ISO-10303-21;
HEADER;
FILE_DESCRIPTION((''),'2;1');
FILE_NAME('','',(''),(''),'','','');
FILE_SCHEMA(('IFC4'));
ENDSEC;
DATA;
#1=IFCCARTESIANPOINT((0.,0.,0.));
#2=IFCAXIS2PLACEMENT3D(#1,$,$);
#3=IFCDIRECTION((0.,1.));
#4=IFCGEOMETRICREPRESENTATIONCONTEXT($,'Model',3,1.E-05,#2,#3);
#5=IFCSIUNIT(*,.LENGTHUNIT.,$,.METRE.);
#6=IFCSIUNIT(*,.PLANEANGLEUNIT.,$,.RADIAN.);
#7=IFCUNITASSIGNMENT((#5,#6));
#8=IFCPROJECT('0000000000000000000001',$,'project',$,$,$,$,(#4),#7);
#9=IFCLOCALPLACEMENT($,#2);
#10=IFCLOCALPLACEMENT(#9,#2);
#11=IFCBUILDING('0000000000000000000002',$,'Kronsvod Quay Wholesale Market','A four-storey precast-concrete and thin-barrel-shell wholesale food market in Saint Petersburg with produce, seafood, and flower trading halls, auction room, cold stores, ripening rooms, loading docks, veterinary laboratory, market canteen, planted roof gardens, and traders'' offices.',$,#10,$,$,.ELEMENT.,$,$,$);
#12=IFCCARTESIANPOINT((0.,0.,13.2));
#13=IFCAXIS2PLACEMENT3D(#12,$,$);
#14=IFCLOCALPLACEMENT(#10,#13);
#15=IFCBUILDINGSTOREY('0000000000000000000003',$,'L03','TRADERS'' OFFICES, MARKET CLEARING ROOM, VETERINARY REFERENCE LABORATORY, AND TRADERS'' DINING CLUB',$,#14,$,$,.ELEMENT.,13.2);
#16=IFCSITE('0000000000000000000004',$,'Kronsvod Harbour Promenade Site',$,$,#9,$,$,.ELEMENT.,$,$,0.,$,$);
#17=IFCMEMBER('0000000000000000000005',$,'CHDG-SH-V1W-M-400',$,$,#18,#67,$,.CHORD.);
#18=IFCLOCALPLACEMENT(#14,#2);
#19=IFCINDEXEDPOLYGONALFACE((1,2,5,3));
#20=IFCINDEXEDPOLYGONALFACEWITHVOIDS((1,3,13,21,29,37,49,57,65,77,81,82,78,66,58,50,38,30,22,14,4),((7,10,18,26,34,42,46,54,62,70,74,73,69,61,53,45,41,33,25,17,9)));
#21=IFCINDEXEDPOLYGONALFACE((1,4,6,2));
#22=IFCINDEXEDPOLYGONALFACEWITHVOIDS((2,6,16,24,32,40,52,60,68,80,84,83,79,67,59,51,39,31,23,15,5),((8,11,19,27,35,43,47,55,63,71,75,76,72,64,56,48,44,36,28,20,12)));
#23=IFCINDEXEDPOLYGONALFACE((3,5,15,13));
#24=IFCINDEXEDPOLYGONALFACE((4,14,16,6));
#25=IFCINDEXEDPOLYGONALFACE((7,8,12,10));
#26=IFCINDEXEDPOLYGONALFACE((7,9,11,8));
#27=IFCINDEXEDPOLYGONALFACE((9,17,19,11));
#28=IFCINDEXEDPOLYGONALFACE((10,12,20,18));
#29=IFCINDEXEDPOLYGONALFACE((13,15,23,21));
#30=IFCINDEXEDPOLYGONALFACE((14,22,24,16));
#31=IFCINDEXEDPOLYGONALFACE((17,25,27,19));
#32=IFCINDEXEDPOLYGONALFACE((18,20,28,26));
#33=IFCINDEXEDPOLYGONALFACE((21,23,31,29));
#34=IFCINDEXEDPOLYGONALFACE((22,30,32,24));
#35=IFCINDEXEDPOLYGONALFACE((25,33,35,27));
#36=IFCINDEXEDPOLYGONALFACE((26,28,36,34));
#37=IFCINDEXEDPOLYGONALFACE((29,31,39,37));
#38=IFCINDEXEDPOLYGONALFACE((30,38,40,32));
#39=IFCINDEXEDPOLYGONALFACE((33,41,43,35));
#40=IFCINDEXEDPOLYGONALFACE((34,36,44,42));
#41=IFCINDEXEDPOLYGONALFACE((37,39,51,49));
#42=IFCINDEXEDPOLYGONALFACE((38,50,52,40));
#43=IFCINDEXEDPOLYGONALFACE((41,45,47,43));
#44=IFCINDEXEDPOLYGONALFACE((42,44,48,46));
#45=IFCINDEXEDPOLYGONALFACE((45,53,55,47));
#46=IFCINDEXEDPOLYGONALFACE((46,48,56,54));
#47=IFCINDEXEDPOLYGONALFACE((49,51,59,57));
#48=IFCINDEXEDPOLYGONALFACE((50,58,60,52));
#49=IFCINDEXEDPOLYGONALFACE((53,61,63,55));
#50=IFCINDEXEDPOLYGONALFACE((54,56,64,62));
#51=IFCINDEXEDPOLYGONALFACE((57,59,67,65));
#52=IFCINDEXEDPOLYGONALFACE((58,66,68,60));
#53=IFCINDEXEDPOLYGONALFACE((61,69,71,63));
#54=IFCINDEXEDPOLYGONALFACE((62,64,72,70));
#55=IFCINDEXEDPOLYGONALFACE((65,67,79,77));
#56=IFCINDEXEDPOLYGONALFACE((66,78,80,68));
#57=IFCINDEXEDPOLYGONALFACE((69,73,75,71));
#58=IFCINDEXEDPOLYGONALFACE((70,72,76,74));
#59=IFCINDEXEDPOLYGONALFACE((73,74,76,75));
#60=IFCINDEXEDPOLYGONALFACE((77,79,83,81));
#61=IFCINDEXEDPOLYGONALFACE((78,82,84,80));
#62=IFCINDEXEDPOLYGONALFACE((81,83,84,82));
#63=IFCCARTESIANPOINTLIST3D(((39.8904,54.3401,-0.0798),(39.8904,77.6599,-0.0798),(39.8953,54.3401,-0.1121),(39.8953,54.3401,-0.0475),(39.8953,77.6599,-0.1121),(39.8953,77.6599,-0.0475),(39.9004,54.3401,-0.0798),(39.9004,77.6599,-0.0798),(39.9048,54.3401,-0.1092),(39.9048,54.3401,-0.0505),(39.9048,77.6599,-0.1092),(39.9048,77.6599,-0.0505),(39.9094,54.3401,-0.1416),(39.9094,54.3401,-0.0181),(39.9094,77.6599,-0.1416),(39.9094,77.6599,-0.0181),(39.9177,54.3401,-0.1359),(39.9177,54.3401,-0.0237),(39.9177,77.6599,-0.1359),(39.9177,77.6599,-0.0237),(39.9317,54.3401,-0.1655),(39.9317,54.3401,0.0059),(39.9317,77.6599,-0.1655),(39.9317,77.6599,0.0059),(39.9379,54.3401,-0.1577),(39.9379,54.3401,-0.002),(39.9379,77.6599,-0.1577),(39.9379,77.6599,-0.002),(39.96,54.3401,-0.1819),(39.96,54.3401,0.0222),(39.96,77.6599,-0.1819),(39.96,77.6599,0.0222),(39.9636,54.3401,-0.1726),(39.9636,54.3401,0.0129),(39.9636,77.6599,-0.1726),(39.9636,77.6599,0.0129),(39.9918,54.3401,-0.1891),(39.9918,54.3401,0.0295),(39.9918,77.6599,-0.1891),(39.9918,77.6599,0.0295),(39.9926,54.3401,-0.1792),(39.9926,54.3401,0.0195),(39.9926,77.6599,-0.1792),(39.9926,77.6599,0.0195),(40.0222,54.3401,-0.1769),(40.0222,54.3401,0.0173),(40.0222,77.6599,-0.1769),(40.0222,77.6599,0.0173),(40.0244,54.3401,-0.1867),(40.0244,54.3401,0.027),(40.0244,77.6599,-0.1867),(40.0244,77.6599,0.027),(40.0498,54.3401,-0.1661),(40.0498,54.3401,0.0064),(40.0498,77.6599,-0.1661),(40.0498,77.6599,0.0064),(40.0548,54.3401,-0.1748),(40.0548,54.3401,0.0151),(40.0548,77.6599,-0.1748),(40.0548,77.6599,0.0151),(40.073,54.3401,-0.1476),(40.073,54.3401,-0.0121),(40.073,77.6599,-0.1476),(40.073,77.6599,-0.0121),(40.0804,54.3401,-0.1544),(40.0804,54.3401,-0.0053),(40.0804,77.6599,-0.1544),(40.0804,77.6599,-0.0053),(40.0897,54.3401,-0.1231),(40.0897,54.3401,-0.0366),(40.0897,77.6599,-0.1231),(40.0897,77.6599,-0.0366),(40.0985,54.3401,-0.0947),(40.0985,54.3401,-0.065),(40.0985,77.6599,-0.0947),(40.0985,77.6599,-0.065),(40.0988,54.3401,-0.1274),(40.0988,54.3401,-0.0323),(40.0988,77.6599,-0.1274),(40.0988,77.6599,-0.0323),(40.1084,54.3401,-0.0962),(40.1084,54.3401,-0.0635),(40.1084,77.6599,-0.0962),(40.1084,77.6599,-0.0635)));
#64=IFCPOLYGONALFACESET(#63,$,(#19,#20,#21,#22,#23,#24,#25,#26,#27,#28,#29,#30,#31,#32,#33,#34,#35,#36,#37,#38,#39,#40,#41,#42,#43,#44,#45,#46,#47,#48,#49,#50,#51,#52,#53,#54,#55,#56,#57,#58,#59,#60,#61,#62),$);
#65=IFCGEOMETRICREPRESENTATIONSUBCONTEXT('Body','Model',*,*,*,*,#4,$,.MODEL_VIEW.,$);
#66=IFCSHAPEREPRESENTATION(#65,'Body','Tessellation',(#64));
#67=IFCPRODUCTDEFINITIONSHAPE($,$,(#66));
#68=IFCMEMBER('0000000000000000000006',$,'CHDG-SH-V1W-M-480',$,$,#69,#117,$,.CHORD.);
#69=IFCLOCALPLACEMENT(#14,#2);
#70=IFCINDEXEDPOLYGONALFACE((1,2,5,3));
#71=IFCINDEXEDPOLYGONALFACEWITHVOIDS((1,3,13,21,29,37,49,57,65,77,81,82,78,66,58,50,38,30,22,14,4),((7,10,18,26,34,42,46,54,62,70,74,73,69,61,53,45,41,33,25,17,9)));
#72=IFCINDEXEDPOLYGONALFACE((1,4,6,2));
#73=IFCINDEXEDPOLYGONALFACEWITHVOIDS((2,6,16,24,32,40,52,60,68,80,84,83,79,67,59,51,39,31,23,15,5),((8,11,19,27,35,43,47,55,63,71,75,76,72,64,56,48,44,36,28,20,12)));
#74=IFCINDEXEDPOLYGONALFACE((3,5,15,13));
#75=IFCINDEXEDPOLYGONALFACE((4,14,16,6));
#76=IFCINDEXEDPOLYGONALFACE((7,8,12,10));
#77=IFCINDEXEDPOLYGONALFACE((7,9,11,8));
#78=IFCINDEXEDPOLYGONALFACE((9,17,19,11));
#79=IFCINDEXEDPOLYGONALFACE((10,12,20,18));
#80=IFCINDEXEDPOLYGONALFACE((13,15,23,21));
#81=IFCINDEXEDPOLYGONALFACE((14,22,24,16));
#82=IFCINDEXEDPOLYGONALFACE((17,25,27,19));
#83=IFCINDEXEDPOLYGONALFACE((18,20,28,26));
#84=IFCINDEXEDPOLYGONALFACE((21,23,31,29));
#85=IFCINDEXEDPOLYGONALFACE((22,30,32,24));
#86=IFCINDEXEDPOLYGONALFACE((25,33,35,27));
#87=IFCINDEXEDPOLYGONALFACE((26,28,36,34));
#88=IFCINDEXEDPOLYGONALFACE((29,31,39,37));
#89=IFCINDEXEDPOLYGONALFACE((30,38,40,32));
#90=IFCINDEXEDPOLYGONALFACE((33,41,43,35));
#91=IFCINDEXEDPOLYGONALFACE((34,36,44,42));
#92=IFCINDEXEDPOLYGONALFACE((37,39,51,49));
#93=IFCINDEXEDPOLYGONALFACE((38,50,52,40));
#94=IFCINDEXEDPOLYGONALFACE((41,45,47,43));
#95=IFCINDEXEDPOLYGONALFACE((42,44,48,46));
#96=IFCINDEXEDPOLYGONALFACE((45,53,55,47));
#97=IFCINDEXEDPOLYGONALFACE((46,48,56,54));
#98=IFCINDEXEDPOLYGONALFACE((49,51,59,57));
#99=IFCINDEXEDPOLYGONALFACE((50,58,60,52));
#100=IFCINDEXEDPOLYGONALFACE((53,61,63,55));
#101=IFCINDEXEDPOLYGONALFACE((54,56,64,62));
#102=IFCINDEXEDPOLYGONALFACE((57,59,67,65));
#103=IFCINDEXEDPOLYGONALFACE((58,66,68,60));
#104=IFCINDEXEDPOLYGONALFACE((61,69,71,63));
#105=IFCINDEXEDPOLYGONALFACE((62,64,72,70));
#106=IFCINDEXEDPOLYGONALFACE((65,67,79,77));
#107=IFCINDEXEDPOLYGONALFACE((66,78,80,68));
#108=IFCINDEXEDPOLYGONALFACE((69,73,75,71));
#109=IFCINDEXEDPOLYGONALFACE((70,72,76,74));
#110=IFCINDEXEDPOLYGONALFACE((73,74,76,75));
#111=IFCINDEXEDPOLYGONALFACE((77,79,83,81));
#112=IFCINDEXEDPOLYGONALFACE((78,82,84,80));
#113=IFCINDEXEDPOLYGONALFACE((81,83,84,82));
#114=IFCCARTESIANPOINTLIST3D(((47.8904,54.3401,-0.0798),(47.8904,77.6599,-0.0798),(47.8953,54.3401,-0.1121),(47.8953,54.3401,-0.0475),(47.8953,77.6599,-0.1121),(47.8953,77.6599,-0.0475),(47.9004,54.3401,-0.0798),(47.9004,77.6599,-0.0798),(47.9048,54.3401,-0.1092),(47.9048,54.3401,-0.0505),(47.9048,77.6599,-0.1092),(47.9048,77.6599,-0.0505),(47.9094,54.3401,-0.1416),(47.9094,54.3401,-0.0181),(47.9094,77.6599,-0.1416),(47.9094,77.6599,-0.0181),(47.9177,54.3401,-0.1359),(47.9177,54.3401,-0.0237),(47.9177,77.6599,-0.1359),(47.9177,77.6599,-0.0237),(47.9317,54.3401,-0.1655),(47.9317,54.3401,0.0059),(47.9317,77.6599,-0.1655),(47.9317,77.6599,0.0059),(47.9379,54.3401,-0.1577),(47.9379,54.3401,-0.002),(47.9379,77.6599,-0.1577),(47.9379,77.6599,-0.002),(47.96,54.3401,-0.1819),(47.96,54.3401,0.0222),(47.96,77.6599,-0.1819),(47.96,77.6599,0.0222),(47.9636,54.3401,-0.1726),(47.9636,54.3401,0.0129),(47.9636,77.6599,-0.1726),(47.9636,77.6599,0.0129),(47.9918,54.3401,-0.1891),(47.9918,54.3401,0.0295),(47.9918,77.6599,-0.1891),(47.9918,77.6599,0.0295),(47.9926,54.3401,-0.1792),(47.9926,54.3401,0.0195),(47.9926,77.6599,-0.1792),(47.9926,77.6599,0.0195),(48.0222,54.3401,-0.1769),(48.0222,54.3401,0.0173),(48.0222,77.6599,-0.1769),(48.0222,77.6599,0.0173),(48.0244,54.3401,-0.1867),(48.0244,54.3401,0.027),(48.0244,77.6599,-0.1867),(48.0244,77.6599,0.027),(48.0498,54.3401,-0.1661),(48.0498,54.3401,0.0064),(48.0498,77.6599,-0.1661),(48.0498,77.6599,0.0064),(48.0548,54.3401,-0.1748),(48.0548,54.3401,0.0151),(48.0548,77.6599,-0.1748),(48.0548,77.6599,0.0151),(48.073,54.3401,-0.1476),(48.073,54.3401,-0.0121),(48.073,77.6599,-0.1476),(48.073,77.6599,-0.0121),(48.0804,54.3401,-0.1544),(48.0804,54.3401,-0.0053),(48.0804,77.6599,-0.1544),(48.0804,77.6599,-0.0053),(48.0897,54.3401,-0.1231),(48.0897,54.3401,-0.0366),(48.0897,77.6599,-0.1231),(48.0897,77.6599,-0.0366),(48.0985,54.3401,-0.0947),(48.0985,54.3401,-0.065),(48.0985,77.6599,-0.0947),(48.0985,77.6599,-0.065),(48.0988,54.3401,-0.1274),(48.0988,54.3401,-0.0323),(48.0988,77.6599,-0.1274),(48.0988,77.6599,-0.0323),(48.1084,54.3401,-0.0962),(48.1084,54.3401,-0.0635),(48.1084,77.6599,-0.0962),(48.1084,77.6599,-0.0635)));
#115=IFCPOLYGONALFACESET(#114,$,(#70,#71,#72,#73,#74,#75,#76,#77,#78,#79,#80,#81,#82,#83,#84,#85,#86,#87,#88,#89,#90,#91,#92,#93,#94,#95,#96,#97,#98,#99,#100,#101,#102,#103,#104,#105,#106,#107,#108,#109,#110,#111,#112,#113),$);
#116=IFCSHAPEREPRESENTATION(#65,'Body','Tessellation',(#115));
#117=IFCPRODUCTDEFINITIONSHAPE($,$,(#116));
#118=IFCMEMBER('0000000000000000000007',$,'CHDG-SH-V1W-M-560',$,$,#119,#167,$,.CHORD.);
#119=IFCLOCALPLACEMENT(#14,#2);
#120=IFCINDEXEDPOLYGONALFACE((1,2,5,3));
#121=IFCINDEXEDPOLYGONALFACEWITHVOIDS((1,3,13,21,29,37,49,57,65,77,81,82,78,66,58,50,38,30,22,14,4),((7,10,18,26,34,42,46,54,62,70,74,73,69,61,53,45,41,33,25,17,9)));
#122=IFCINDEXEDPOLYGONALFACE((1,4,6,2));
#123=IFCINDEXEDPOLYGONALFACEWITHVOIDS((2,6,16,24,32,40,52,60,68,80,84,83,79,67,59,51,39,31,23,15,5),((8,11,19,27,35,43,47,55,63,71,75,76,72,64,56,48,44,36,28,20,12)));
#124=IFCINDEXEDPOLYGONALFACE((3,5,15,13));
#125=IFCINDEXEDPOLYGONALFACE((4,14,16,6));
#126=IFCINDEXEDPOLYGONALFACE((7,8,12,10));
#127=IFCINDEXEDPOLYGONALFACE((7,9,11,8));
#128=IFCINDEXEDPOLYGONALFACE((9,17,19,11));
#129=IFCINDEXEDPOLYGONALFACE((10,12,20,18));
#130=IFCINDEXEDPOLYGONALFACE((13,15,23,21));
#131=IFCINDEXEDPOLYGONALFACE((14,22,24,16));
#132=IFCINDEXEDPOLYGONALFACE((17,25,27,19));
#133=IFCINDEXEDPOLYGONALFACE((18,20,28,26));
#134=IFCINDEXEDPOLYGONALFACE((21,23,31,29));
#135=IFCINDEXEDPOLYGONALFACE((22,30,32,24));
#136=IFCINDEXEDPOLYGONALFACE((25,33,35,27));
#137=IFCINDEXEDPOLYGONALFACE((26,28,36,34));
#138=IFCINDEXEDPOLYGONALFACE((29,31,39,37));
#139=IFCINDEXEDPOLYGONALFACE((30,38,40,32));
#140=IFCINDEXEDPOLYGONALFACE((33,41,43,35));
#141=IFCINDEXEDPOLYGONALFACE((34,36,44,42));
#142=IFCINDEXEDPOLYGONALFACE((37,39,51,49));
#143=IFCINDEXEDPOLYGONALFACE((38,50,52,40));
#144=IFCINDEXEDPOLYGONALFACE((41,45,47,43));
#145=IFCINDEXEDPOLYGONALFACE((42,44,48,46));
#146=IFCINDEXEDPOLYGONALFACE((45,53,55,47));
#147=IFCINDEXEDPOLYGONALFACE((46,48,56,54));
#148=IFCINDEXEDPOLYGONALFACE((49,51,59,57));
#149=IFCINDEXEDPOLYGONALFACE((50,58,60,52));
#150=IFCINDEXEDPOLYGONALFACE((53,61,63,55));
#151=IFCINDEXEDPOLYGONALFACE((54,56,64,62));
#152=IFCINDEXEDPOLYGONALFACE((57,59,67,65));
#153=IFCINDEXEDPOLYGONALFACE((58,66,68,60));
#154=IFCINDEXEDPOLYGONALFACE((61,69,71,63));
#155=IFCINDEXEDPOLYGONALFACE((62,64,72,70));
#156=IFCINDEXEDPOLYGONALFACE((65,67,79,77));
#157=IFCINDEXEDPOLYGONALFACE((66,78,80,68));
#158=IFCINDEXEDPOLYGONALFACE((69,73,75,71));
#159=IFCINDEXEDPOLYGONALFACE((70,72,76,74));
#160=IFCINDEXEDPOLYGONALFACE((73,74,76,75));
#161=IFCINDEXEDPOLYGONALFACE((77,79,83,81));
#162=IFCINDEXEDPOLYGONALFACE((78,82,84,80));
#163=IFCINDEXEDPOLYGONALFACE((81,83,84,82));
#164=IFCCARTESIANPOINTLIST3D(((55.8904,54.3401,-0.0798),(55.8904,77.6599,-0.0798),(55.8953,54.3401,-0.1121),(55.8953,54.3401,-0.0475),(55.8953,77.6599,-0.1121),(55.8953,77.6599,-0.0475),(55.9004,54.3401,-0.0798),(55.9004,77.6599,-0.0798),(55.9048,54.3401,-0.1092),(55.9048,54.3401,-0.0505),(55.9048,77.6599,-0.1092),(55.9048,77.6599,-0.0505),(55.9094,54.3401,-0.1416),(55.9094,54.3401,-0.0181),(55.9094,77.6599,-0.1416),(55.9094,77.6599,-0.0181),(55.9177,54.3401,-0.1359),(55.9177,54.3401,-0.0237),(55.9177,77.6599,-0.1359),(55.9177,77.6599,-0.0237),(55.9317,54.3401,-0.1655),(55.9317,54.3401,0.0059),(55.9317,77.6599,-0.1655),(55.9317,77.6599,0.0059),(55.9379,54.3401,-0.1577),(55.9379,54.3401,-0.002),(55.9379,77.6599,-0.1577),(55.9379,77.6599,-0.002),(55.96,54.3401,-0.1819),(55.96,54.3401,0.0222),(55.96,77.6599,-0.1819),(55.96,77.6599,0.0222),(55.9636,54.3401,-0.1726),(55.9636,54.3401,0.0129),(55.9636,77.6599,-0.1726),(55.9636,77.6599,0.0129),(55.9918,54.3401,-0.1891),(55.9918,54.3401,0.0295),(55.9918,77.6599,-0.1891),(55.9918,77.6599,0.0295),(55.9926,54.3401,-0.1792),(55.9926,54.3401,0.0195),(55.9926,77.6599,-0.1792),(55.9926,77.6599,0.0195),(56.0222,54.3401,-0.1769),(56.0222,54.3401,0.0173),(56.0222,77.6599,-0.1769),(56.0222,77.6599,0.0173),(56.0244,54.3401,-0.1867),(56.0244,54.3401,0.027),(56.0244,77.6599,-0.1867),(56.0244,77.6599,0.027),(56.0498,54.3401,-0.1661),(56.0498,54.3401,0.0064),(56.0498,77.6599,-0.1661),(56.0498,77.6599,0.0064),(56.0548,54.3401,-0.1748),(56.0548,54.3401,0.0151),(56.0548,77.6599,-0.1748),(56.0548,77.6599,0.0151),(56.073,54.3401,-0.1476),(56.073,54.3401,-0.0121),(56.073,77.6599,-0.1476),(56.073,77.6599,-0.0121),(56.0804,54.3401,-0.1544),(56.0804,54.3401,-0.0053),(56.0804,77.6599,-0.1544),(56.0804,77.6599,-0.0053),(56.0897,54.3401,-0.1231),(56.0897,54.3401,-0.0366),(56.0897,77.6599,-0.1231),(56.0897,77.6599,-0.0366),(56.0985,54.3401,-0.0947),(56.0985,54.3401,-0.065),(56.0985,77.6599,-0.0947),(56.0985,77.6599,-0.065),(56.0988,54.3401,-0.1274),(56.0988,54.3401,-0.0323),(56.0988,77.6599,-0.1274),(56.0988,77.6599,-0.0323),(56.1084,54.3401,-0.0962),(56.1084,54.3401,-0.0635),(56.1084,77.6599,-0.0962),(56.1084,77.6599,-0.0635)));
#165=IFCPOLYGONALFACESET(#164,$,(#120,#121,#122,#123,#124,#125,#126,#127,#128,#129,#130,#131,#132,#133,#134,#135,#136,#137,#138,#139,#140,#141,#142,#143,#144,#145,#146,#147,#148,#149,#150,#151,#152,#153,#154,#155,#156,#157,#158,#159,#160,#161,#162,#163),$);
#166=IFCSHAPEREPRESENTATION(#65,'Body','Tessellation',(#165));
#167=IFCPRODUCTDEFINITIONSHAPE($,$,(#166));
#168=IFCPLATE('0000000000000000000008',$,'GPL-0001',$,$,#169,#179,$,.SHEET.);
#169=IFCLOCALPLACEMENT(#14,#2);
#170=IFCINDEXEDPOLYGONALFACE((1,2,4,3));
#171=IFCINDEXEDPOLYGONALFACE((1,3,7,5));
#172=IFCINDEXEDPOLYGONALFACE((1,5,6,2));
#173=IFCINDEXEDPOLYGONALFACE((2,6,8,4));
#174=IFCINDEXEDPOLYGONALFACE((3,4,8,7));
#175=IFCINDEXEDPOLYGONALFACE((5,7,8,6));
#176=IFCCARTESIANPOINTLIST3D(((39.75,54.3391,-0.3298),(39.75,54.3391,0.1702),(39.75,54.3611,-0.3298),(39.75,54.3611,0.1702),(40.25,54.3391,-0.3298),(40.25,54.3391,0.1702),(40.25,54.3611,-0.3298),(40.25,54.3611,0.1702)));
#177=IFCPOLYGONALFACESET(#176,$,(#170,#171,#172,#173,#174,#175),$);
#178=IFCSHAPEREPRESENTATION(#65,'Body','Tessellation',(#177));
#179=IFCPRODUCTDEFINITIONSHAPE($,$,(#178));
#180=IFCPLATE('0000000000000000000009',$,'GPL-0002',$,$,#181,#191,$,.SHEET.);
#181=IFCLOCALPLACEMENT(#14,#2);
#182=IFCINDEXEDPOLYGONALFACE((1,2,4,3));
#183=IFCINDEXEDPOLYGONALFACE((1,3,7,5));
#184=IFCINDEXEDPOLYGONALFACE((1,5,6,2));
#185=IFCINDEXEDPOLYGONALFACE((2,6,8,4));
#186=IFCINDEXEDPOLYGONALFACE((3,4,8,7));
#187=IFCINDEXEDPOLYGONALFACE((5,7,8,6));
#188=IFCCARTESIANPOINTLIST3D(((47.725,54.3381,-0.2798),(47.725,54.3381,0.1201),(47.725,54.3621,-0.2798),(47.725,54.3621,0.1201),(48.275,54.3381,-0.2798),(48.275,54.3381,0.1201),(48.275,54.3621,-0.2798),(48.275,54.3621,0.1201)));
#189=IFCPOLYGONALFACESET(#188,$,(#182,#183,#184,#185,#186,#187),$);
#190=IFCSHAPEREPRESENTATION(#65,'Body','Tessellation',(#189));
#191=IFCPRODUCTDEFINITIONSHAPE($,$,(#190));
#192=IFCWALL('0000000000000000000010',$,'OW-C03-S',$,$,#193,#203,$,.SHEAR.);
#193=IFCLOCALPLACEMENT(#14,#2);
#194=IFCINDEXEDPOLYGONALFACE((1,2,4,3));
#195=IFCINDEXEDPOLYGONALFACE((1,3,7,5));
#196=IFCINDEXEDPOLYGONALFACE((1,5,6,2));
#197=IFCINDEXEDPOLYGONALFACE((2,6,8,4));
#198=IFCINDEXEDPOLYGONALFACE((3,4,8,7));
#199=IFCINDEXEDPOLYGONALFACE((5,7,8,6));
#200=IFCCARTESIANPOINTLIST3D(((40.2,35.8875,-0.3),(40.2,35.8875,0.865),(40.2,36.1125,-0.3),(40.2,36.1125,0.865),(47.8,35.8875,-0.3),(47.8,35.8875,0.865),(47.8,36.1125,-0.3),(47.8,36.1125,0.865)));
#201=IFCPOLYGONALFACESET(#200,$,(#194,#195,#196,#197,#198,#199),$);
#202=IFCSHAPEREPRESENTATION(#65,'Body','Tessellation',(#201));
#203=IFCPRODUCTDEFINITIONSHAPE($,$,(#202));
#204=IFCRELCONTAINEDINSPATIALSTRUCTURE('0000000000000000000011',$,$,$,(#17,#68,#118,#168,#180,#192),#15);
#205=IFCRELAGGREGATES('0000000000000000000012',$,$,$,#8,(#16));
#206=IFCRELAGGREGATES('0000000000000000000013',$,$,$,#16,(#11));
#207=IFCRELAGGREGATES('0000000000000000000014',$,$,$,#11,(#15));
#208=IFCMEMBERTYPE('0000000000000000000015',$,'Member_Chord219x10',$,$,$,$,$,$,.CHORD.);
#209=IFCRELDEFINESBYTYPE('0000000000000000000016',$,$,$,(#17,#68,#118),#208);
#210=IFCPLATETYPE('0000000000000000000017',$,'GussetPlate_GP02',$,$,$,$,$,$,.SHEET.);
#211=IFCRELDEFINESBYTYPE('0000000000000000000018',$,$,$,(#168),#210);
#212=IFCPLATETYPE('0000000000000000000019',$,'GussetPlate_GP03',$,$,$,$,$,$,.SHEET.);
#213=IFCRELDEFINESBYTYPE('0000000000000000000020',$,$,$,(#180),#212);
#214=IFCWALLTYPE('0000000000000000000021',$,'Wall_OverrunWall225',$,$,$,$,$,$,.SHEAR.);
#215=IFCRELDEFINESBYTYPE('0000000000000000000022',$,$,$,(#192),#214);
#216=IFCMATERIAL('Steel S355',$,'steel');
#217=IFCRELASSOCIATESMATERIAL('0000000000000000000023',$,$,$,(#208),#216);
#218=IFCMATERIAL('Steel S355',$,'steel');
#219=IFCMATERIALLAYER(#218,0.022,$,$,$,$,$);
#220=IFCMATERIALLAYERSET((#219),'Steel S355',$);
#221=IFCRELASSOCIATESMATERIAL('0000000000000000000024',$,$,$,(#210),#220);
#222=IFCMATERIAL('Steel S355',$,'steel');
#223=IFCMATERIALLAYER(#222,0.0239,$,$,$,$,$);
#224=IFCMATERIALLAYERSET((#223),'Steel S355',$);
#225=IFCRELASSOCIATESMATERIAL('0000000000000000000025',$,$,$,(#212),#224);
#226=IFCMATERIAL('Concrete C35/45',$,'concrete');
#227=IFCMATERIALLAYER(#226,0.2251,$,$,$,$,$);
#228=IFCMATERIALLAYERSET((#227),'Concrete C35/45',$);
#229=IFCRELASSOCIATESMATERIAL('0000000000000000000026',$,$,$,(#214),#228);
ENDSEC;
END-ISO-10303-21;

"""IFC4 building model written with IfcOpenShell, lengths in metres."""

from ifc_helpers import new_model, si_unit, direction, frame, frame_2d, origin, origin_2d, place, context, subcontext, project, spatial, rectangle, hollow_circle, extrude, material, layer, layer_set, material_profile, profile_set, type_object, element, save


model = new_model("IFC4")

# Units and contexts
model_context = context("Model", 3, precision=1e-05, world=origin(), true_north=direction((0.0, 1.0)))
body_context = subcontext(model_context, "Body", "Model", "MODEL_VIEW")
ifc_project = project(units=[si_unit("LENGTHUNIT", "METRE"), si_unit("PLANEANGLEUNIT", "RADIAN")], contexts=[model_context])

# Site, building, storey
site_placement = place(None, origin())
site = spatial("IfcSite", under=ifc_project, at=site_placement, Name="Kronsvod Harbour Promenade Site", CompositionType="ELEMENT", RefElevation=0.0)
building_placement = place(site_placement, origin())
building = spatial("IfcBuilding", under=site, at=building_placement, Name="Kronsvod Quay Wholesale Market", Description="A four-storey precast-concrete and thin-barrel-shell wholesale food market in Saint Petersburg with produce, seafood, and flower trading halls, auction room, cold stores, ripening rooms, loading docks, veterinary laboratory, market canteen, planted roof gardens, and traders' offices.", CompositionType="ELEMENT")
storey_placement = place(building_placement, frame((0.0, 0.0, 13.2)))
storey = spatial("IfcBuildingStorey", under=building, at=storey_placement, Name="L03", Description="TRADERS' OFFICES, MARKET CLEARING ROOM, VETERINARY REFERENCE LABORATORY, AND TRADERS' DINING CLUB", CompositionType="ELEMENT", Elevation=13.2)

# Members
ifc_material_1 = material(Name="Steel S355", Category="steel")
ifc_material_profile_1 = material_profile(ifc_material_1, hollow_circle(Radius=0.1096, WallThickness=0.01, at=origin_2d()), Name="CHS219x10")
ifc_profile_set_1 = profile_set([ifc_material_profile_1], Name="Steel S355")
member_type_1 = type_object("IfcMemberType", Name="Member_Chord219x10", PredefinedType="CHORD", material=ifc_profile_set_1)
for number, where, z_axis, x_axis, name in (
    (1, (40.0, 54.3401, -0.0798), (0.0, 1.0, 0.0), (-1.0, 0.0, 0.0), "CHDG-SH-V1W-M-400"),
    (2, (48.0, 54.3401, -0.0798), (0.0, 1.0, 0.0), (-1.0, 0.0, 0.0), "CHDG-SH-V1W-M-480"),
    (3, (56.0, 54.3401, -0.0798), (0.0, 1.0, 0.0), (-1.0, 0.0, 0.0), "CHDG-SH-V1W-M-560"),
):
    element("IfcMember", number, at=place(storey_placement, frame(where, z_axis=z_axis, x_axis=x_axis)), inside=storey, type_object=member_type_1, Name=name, PredefinedType="CHORD", context=body_context, shape_type="SweptSolid", body=[
        extrude(hollow_circle(Radius=0.1096, WallThickness=0.01, at=origin_2d()), origin(), (0.0, 0.0, 1.0), 23.3198),
    ])

# Plates
ifc_material_2 = material(Name="Steel S355", Category="steel")
ifc_layer_1 = layer(ifc_material_2, 0.022)
ifc_layer_set_1 = layer_set([ifc_layer_1], Name="Steel S355")
plate_type_1 = type_object("IfcPlateType", Name="GussetPlate_GP02", PredefinedType="SHEET", material=ifc_layer_set_1)
plate_1_placement = place(storey_placement, frame((40.0, 54.3501, -0.3298), z_axis=(0.0, 0.0, 1.0), x_axis=(1.0, 0.0, 0.0)))
element("IfcPlate", 4, at=plate_1_placement, inside=storey, type_object=plate_type_1, Name="GPL-0001", PredefinedType="SHEET", context=body_context, shape_type="SweptSolid", body=[
    extrude(rectangle(XDim=0.5, YDim=0.022, at=origin_2d()), origin(), (0.0, 0.0, 1.0), 0.5),
])
ifc_material_3 = material(Name="Steel S355", Category="steel")
ifc_layer_2 = layer(ifc_material_3, 0.0239)
ifc_layer_set_2 = layer_set([ifc_layer_2], Name="Steel S355")
plate_type_2 = type_object("IfcPlateType", Name="GussetPlate_GP03", PredefinedType="SHEET", material=ifc_layer_set_2)
plate_2_placement = place(storey_placement, frame((48.0, 54.3501, -0.2798), z_axis=(0.0, 0.0, 1.0), x_axis=(1.0, 0.0, 0.0)))
element("IfcPlate", 5, at=plate_2_placement, inside=storey, type_object=plate_type_2, Name="GPL-0002", PredefinedType="SHEET", context=body_context, shape_type="SweptSolid", body=[
    extrude(rectangle(XDim=0.55, YDim=0.0239, at=origin_2d()), origin(), (0.0, 0.0, 1.0), 0.3999),
])

# Wall
ifc_material_4 = material(Name="Concrete C35/45", Category="concrete")
ifc_layer_3 = layer(ifc_material_4, 0.2251)
ifc_layer_set_3 = layer_set([ifc_layer_3], Name="Concrete C35/45")
wall_type = type_object("IfcWallType", Name="Wall_OverrunWall225", PredefinedType="SHEAR", material=ifc_layer_set_3)
for number, where, z_axis, x_axis, name in (
    (6, (40.2, 36.0, -0.3), (0.0, 0.0, 1.0), (1.0, 0.0, 0.0), "OW-C03-S"),
):
    element("IfcWall", number, at=place(storey_placement, frame(where, z_axis=z_axis, x_axis=x_axis)), inside=storey, type_object=wall_type, Name=name, PredefinedType="SHEAR", context=body_context, shape_type="SweptSolid", body=[
        extrude(rectangle(XDim=7.6001, YDim=0.2251, at=frame_2d((3.8, 0.0))), origin(), (0.0, 0.0, 1.0), 1.165),
    ])

save(model, "model.ifc")
